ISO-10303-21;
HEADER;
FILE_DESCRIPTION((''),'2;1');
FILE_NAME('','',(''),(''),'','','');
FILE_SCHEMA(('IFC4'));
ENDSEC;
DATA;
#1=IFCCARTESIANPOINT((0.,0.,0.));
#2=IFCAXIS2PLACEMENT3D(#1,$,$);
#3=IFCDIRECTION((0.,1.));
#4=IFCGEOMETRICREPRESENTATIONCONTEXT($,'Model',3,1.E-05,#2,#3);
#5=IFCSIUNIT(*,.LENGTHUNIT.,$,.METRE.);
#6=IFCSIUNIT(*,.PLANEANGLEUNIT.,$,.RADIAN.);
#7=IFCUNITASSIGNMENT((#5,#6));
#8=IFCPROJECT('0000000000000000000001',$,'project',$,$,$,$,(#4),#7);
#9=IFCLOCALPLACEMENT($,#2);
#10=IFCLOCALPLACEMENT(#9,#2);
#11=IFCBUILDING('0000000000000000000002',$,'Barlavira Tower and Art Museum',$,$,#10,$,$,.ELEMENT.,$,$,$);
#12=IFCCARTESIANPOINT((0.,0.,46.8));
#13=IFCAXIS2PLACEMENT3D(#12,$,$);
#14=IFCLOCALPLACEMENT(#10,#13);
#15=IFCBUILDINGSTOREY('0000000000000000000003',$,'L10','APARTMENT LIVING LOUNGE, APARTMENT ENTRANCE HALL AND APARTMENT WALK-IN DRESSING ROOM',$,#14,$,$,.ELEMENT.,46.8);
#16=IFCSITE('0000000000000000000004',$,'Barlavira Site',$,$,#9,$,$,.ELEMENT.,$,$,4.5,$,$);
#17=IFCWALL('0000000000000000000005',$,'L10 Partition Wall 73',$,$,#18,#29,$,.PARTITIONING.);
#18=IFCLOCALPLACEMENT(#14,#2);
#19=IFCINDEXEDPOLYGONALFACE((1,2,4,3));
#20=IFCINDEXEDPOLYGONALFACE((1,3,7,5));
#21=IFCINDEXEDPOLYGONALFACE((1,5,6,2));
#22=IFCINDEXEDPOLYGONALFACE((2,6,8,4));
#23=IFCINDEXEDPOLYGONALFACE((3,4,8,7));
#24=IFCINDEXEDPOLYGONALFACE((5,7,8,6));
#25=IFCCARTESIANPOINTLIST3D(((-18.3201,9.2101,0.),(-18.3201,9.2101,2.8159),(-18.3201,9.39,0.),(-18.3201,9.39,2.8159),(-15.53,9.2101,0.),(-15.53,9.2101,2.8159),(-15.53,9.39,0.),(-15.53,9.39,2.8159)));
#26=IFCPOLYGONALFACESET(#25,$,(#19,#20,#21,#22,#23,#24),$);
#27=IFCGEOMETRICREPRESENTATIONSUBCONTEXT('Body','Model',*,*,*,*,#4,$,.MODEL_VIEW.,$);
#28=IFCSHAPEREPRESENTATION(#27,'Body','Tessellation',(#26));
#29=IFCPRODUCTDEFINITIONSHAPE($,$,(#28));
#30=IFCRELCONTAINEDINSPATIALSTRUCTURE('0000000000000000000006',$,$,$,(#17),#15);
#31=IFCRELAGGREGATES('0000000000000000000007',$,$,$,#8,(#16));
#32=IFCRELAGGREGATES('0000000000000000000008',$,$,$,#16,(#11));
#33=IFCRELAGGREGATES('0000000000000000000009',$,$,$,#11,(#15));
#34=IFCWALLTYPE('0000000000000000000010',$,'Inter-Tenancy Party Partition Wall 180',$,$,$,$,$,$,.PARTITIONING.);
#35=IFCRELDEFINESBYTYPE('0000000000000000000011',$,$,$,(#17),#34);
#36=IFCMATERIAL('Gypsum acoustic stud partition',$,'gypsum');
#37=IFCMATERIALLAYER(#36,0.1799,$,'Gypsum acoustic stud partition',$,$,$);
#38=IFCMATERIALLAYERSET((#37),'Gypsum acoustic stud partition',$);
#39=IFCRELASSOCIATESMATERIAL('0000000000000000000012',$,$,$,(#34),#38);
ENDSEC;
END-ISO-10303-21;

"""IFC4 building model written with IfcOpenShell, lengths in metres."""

from ifc_helpers import new_model, si_unit, direction, frame, frame_2d, origin, place, context, subcontext, project, spatial, rectangle, extrude, material, layer, layer_set, type_object, element, save


model = new_model("IFC4")

# Units and contexts
model_context = context("Model", 3, precision=1e-05, world=origin(), true_north=direction((0.0, 1.0)))
body_context = subcontext(model_context, "Body", "Model", "MODEL_VIEW")
ifc_project = project(units=[si_unit("LENGTHUNIT", "METRE"), si_unit("PLANEANGLEUNIT", "RADIAN")], contexts=[model_context])

# Site, building, storey
site_placement = place(None, origin())
site = spatial("IfcSite", under=ifc_project, at=site_placement, Name="Barlavira Site", CompositionType="ELEMENT", RefElevation=4.5)
building_placement = place(site_placement, origin())
building = spatial("IfcBuilding", under=site, at=building_placement, Name="Barlavira Tower and Art Museum", CompositionType="ELEMENT")
storey_placement = place(building_placement, frame((0.0, 0.0, 46.8)))
storey = spatial("IfcBuildingStorey", under=building, at=storey_placement, Name="L10", Description="APARTMENT LIVING LOUNGE, APARTMENT ENTRANCE HALL AND APARTMENT WALK-IN DRESSING ROOM", CompositionType="ELEMENT", Elevation=46.8)

# Shared definitions
ifc_material_1 = material(Name="Gypsum acoustic stud partition", Category="gypsum")

# Wall
ifc_layer_1 = layer(ifc_material_1, 0.1799, Name="Gypsum acoustic stud partition")
ifc_layer_set_1 = layer_set([ifc_layer_1], Name="Gypsum acoustic stud partition")
wall_type_1 = type_object("IfcWallType", Name="Inter-Tenancy Party Partition Wall 180", PredefinedType="PARTITIONING", material=ifc_layer_set_1)
wall_1_placement = place(storey_placement, frame((-18.3201, 9.3, 0.0), z_axis=(0.0, 0.0, 1.0), x_axis=(1.0, 0.0, 0.0)))
element("IfcWall", 1, at=wall_1_placement, inside=storey, type_object=wall_type_1, Name="L10 Partition Wall 73", PredefinedType="PARTITIONING", context=body_context, shape_type="SweptSolid", body=[
    extrude(rectangle(XDim=2.79, YDim=0.1799, at=frame_2d((1.395, 0.0))), origin(), (0.0, 0.0, 1.0), 2.8159),
])

save(model, "model.ifc")
